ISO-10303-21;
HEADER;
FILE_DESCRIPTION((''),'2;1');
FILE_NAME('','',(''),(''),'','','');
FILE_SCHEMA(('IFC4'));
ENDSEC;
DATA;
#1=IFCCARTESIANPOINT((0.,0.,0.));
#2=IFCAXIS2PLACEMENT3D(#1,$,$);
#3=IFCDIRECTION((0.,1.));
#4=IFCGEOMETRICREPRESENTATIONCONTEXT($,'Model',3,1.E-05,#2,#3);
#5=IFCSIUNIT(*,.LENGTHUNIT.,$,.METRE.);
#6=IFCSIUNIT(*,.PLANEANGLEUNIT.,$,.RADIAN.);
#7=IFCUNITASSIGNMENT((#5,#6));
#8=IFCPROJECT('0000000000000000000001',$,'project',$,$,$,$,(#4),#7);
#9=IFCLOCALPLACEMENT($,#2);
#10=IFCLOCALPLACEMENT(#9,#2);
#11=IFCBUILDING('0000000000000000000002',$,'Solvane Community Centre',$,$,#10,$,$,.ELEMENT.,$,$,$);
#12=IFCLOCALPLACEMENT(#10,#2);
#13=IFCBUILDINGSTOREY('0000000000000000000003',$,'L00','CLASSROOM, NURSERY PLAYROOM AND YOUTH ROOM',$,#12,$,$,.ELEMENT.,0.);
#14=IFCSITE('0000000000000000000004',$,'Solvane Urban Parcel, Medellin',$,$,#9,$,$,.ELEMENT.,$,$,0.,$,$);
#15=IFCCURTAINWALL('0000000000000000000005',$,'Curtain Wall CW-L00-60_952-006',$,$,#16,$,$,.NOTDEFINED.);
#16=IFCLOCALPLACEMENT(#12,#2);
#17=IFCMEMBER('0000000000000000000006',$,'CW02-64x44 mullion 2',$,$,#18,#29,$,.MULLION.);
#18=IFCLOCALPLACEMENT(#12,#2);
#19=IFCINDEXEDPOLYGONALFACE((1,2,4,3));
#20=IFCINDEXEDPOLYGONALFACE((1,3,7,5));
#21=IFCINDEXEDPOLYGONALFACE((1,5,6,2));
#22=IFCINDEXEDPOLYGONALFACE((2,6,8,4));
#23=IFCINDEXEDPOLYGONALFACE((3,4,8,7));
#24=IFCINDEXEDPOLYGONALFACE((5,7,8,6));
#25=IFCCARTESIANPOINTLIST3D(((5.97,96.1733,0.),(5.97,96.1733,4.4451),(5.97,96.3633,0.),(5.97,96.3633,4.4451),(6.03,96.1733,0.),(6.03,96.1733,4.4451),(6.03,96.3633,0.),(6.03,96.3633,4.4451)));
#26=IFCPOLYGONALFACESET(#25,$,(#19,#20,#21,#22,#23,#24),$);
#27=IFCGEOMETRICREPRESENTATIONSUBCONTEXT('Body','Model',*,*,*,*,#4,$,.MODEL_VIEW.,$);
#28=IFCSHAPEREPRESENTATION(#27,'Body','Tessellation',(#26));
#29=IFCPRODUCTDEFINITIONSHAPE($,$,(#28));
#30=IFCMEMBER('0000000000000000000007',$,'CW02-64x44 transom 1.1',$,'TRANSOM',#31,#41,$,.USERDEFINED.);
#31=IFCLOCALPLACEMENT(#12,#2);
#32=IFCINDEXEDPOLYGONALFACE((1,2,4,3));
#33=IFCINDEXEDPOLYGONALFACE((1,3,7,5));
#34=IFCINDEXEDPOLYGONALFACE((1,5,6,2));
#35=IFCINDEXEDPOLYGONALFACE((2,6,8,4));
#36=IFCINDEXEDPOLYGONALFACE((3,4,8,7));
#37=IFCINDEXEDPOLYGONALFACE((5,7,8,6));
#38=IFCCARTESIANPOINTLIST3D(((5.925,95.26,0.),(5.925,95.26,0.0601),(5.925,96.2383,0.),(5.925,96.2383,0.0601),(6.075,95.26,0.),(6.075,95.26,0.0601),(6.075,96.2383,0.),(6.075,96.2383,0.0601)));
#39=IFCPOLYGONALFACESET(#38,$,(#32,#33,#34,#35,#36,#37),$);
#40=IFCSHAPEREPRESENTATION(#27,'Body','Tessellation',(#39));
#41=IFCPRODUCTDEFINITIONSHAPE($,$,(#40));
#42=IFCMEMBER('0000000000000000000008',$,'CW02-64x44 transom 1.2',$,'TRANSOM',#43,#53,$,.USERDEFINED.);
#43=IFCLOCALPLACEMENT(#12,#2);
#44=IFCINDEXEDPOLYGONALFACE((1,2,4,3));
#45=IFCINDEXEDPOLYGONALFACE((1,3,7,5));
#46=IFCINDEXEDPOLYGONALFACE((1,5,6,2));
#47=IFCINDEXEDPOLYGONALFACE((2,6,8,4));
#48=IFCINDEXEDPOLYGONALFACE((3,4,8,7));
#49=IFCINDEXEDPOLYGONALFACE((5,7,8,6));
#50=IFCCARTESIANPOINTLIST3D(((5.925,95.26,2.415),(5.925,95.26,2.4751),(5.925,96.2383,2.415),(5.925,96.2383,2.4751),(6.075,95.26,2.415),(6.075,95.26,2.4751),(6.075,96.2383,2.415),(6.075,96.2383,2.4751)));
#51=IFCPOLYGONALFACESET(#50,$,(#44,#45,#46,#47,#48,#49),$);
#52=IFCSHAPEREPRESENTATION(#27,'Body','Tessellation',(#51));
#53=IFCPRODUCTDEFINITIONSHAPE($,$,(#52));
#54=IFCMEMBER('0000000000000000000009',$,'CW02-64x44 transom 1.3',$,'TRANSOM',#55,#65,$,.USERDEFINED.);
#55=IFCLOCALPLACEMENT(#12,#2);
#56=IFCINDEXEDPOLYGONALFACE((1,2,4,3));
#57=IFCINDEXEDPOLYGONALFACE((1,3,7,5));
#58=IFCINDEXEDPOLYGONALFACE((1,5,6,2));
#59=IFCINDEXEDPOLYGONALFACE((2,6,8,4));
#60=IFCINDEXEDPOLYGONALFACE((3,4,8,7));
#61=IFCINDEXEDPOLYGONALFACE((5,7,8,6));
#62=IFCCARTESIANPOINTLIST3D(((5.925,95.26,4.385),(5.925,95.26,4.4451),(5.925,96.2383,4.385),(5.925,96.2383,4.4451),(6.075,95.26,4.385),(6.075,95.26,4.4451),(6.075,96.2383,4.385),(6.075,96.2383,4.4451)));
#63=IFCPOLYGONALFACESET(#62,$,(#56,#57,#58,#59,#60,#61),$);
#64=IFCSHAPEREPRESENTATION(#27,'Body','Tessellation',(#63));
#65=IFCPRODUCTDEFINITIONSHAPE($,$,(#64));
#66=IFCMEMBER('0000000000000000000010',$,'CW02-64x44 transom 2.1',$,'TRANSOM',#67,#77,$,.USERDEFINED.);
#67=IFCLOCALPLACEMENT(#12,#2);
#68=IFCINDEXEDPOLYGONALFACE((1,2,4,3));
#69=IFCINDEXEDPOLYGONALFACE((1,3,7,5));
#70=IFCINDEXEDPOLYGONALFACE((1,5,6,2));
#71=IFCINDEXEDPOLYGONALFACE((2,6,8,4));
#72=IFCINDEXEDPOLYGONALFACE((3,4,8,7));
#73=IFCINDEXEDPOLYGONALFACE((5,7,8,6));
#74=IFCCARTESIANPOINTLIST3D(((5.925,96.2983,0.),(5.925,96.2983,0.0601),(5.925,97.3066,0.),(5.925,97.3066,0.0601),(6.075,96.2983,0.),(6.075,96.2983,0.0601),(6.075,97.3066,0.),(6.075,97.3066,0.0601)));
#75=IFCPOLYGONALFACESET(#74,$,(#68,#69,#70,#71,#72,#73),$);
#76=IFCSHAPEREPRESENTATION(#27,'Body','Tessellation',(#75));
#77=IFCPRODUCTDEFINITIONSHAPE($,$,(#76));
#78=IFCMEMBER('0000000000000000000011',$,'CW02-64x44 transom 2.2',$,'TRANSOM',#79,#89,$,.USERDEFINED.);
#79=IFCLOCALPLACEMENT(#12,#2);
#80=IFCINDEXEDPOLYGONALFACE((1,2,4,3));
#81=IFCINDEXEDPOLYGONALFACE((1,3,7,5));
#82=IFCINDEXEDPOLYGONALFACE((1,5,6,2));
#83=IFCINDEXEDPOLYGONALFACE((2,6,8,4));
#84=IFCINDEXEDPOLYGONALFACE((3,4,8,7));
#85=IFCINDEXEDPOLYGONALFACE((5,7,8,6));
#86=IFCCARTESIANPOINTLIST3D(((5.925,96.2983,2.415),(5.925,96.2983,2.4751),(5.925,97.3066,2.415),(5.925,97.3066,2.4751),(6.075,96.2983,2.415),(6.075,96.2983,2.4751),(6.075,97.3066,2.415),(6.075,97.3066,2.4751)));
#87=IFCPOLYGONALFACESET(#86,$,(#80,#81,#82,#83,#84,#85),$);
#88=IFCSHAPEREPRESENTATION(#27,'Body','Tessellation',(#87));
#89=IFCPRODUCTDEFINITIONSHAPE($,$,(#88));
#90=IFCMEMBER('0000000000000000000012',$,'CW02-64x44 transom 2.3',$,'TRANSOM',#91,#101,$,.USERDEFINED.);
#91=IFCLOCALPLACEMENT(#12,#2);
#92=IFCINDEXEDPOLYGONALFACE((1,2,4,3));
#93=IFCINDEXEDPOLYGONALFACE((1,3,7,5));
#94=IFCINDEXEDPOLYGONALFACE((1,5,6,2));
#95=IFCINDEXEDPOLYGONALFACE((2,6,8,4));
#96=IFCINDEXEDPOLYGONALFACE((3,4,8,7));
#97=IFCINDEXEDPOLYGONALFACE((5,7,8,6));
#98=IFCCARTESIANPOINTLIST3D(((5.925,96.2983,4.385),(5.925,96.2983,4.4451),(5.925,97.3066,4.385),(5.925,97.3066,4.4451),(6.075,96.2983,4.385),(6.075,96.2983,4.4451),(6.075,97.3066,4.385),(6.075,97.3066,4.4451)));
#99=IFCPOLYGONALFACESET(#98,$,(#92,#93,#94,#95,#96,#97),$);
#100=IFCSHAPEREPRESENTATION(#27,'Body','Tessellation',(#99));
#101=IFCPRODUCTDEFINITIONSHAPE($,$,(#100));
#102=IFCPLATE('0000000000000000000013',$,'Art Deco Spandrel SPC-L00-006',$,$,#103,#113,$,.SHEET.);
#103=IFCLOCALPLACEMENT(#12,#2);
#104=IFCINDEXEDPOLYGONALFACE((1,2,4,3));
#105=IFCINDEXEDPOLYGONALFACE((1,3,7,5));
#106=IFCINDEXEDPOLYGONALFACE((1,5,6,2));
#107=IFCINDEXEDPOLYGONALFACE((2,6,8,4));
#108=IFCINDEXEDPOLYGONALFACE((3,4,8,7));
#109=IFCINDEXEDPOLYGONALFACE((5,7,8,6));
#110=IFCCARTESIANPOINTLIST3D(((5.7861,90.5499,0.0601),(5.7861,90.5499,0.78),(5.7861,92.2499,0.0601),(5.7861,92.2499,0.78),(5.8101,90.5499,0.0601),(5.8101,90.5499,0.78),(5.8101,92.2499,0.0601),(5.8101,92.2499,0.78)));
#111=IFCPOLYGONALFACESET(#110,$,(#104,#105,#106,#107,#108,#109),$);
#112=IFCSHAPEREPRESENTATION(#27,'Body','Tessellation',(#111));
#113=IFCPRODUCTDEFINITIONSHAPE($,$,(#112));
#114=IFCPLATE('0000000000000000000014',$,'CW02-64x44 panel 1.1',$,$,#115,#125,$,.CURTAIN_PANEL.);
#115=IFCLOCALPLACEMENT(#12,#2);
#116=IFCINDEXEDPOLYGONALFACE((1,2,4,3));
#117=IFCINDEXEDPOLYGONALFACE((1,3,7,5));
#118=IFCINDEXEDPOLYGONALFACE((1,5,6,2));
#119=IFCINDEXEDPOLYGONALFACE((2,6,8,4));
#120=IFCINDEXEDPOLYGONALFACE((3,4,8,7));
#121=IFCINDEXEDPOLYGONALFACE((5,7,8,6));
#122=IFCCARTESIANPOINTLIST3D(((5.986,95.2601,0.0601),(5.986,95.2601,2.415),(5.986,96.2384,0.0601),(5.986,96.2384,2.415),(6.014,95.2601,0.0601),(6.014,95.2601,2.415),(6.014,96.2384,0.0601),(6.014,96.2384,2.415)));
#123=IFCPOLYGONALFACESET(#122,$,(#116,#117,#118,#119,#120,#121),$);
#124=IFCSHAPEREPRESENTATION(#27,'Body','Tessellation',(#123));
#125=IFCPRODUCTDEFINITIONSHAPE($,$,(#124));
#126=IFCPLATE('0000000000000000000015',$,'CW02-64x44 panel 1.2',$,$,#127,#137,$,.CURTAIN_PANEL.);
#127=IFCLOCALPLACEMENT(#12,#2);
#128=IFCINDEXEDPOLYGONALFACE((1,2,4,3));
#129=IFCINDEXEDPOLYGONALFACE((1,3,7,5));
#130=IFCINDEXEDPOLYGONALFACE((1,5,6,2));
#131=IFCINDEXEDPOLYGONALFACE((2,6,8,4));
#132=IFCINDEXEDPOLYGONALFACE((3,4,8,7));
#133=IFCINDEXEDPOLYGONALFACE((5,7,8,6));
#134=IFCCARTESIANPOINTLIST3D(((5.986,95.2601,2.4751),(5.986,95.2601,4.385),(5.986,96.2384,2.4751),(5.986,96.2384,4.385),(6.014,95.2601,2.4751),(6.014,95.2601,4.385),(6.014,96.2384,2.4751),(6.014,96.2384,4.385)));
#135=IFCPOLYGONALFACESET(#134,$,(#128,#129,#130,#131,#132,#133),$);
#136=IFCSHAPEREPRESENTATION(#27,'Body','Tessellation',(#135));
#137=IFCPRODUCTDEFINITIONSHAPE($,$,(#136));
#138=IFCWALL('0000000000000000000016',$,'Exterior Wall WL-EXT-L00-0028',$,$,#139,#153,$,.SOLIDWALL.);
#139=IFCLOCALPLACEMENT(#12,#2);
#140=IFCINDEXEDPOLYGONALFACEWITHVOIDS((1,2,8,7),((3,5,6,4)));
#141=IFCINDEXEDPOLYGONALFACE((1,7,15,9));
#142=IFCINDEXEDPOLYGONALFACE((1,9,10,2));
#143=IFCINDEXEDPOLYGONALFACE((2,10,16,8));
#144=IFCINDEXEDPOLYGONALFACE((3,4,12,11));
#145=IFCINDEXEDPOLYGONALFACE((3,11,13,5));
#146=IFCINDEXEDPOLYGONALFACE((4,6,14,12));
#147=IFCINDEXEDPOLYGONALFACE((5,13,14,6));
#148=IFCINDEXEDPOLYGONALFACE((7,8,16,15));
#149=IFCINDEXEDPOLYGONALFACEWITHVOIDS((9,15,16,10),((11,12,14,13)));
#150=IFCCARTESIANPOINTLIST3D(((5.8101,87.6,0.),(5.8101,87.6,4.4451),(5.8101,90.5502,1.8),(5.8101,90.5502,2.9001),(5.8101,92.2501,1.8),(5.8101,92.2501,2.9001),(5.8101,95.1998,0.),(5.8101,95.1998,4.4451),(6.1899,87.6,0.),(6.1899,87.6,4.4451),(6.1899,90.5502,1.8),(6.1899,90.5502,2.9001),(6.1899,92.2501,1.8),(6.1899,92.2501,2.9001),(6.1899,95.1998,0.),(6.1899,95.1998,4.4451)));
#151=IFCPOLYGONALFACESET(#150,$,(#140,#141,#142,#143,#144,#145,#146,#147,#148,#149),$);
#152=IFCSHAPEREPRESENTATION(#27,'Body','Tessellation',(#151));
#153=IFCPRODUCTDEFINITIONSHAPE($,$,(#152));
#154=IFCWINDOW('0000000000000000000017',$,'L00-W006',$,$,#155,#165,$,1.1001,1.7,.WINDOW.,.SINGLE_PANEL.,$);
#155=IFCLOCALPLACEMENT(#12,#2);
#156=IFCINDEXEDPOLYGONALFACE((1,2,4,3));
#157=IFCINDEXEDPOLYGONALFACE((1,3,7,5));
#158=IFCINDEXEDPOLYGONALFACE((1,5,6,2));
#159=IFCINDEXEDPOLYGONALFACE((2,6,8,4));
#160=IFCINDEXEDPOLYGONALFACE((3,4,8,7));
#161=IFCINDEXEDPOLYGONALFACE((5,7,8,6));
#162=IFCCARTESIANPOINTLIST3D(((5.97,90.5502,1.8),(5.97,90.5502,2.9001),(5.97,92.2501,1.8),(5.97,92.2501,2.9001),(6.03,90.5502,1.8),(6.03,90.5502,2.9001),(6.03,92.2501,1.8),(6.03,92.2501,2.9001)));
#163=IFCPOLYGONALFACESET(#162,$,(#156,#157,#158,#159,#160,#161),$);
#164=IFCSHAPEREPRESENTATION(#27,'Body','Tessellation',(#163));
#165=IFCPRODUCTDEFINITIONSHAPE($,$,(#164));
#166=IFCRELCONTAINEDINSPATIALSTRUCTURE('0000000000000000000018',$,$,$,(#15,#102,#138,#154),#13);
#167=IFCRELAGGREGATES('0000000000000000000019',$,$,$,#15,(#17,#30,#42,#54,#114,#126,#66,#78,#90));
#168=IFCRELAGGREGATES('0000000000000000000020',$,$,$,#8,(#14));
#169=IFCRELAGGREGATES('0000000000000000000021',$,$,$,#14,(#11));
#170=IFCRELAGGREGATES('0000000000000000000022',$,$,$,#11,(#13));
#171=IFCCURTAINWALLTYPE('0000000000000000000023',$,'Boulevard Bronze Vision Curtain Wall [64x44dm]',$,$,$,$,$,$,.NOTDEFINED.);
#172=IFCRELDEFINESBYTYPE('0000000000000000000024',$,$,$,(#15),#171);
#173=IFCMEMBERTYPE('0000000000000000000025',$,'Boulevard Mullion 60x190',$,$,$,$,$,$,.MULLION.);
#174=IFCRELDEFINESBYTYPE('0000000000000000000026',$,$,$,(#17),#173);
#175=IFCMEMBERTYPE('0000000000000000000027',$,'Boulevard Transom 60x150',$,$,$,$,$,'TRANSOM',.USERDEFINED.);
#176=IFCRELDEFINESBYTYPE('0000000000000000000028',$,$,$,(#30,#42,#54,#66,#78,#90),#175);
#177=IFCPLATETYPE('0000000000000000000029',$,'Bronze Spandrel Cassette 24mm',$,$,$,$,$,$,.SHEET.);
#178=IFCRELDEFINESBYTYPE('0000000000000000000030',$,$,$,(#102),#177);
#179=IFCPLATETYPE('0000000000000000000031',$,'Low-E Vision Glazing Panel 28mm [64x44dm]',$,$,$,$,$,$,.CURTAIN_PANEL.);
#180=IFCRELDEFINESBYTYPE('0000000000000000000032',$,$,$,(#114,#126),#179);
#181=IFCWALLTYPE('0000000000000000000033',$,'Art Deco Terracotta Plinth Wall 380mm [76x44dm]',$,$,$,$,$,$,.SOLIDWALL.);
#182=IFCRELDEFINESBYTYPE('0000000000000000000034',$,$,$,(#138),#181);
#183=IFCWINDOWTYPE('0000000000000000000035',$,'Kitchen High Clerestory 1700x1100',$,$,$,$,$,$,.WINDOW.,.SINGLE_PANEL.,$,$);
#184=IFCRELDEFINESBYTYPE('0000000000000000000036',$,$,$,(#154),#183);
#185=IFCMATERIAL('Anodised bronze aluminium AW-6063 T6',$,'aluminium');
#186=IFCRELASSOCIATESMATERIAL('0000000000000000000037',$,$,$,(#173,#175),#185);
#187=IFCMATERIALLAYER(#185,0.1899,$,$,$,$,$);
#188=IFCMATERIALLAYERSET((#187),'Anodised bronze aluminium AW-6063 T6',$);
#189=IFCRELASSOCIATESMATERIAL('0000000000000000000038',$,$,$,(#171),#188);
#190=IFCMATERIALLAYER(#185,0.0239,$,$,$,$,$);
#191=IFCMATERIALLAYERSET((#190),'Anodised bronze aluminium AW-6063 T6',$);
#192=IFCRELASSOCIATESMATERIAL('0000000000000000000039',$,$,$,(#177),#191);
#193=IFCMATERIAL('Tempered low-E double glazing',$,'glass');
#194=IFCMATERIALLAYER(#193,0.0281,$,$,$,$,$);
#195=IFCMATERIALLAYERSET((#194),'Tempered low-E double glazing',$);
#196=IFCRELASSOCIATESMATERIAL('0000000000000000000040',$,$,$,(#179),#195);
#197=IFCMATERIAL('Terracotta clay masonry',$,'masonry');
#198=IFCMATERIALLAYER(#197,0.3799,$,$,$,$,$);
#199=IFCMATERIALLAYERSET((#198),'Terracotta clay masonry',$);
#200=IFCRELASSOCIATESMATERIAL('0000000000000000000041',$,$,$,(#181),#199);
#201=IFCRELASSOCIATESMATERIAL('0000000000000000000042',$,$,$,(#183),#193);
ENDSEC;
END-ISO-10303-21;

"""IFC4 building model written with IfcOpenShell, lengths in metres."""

from ifc_helpers import new_model, si_unit, direction, frame, frame_2d, origin, origin_2d, place, context, subcontext, project, spatial, rectangle, extrude, material, layer, layer_set, material_profile, profile_set, type_object, element, fill, aggregate, save


model = new_model("IFC4")

# Units and contexts
model_context = context("Model", 3, precision=1e-05, world=origin(), true_north=direction((0.0, 1.0)))
body_context = subcontext(model_context, "Body", "Model", "MODEL_VIEW")
ifc_project = project(units=[si_unit("LENGTHUNIT", "METRE"), si_unit("PLANEANGLEUNIT", "RADIAN")], contexts=[model_context])

# Site, building, storey
site_placement = place(None, origin())
site = spatial("IfcSite", under=ifc_project, at=site_placement, Name="Solvane Urban Parcel, Medellin", CompositionType="ELEMENT", RefElevation=0.0)
building_placement = place(site_placement, origin())
building = spatial("IfcBuilding", under=site, at=building_placement, Name="Solvane Community Centre", CompositionType="ELEMENT")
storey_placement = place(building_placement, origin())
storey = spatial("IfcBuildingStorey", under=building, at=storey_placement, Name="L00", Description="CLASSROOM, NURSERY PLAYROOM AND YOUTH ROOM", CompositionType="ELEMENT", Elevation=0.0)

# Shared definitions
ifc_material_1 = material(Name="Anodised bronze aluminium AW-6063 T6", Category="aluminium")
ifc_material_profile_1 = material_profile(ifc_material_1, rectangle(XDim=0.0601, YDim=0.1899, at=origin_2d()), Name="CW-M 60x190")
ifc_profile_set_1 = profile_set([ifc_material_profile_1], Name="Anodised bronze aluminium AW-6063 T6")
member_type_1 = type_object("IfcMemberType", Name="Boulevard Mullion 60x190", PredefinedType="MULLION", material=ifc_profile_set_1)

# Curtain wall, members
ifc_layer_1 = layer(ifc_material_1, 0.1899)
ifc_layer_set_1 = layer_set([ifc_layer_1], Name="Anodised bronze aluminium AW-6063 T6")
curtain_wall_type_1 = type_object("IfcCurtainWallType", Name="Boulevard Bronze Vision Curtain Wall [64x44dm]", PredefinedType="NOTDEFINED", material=ifc_layer_set_1)
curtain_wall_1_placement = place(storey_placement, origin())
curtain_wall_1 = element("IfcCurtainWall", 1, at=curtain_wall_1_placement, inside=storey, type_object=curtain_wall_type_1, Name="Curtain Wall CW-L00-60_952-006", PredefinedType="NOTDEFINED")
member_1_placement = place(storey_placement, frame((6.0, 96.2683, 0.0), z_axis=(0.0, 0.0, 1.0), x_axis=(-1.0, 0.0, 0.0)))
member_1 = element("IfcMember", 2, at=member_1_placement, type_object=member_type_1, Name="CW02-64x44 mullion 2", PredefinedType="MULLION", context=body_context, shape_type="SweptSolid", body=[
    extrude(rectangle(XDim=0.0601, YDim=0.1899, at=origin_2d()), origin(), (0.0, 0.0, 1.0), 4.4451),
])
ifc_material_profile_2 = material_profile(ifc_material_1, rectangle(XDim=0.1499, YDim=0.0601, at=origin_2d()), Name="CW-T 60x150")
ifc_profile_set_2 = profile_set([ifc_material_profile_2], Name="Anodised bronze aluminium AW-6063 T6")
member_type_2 = type_object("IfcMemberType", Name="Boulevard Transom 60x150", ElementType="TRANSOM", PredefinedType="USERDEFINED", material=ifc_profile_set_2)
member_2_placement = place(storey_placement, frame((6.0, 95.26, 0.03), z_axis=(0.0, 1.0, 0.0), x_axis=(-1.0, 0.0, 0.0)))
member_2 = element("IfcMember", 3, at=member_2_placement, type_object=member_type_2, Name="CW02-64x44 transom 1.1", ObjectType="TRANSOM", PredefinedType="USERDEFINED", context=body_context, shape_type="SweptSolid", body=[
    extrude(rectangle(XDim=0.1499, YDim=0.0601, at=origin_2d()), origin(), (0.0, 0.0, 1.0), 0.9783),
])
member_3_placement = place(storey_placement, frame((6.0, 95.26, 2.4451), z_axis=(0.0, 1.0, 0.0), x_axis=(-1.0, 0.0, 0.0)))
member_3 = element("IfcMember", 4, at=member_3_placement, type_object=member_type_2, Name="CW02-64x44 transom 1.2", ObjectType="TRANSOM", PredefinedType="USERDEFINED", context=body_context, shape_type="SweptSolid", body=[
    extrude(rectangle(XDim=0.1499, YDim=0.0601, at=origin_2d()), origin(), (0.0, 0.0, 1.0), 0.9783),
])
member_4_placement = place(storey_placement, frame((6.0, 95.26, 4.415), z_axis=(0.0, 1.0, 0.0), x_axis=(-1.0, 0.0, 0.0)))
member_4 = element("IfcMember", 5, at=member_4_placement, type_object=member_type_2, Name="CW02-64x44 transom 1.3", ObjectType="TRANSOM", PredefinedType="USERDEFINED", context=body_context, shape_type="SweptSolid", body=[
    extrude(rectangle(XDim=0.1499, YDim=0.0601, at=origin_2d()), origin(), (0.0, 0.0, 1.0), 0.9783),
])
member_5_placement = place(storey_placement, frame((6.0, 96.2983, 0.03), z_axis=(0.0, 1.0, 0.0), x_axis=(-1.0, 0.0, 0.0)))
member_5 = element("IfcMember", 6, at=member_5_placement, type_object=member_type_2, Name="CW02-64x44 transom 2.1", ObjectType="TRANSOM", PredefinedType="USERDEFINED", context=body_context, shape_type="SweptSolid", body=[
    extrude(rectangle(XDim=0.1499, YDim=0.0601, at=origin_2d()), origin(), (0.0, 0.0, 1.0), 1.0083),
])
member_6_placement = place(storey_placement, frame((6.0, 96.2983, 2.4451), z_axis=(0.0, 1.0, 0.0), x_axis=(-1.0, 0.0, 0.0)))
member_6 = element("IfcMember", 7, at=member_6_placement, type_object=member_type_2, Name="CW02-64x44 transom 2.2", ObjectType="TRANSOM", PredefinedType="USERDEFINED", context=body_context, shape_type="SweptSolid", body=[
    extrude(rectangle(XDim=0.1499, YDim=0.0601, at=origin_2d()), origin(), (0.0, 0.0, 1.0), 1.0083),
])
member_7_placement = place(storey_placement, frame((6.0, 96.2983, 4.415), z_axis=(0.0, 1.0, 0.0), x_axis=(-1.0, 0.0, 0.0)))
member_7 = element("IfcMember", 8, at=member_7_placement, type_object=member_type_2, Name="CW02-64x44 transom 2.3", ObjectType="TRANSOM", PredefinedType="USERDEFINED", context=body_context, shape_type="SweptSolid", body=[
    extrude(rectangle(XDim=0.1499, YDim=0.0601, at=origin_2d()), origin(), (0.0, 0.0, 1.0), 1.0083),
])

# Plates
ifc_layer_2 = layer(ifc_material_1, 0.0239)
ifc_layer_set_2 = layer_set([ifc_layer_2], Name="Anodised bronze aluminium AW-6063 T6")
plate_type_1 = type_object("IfcPlateType", Name="Bronze Spandrel Cassette 24mm", PredefinedType="SHEET", material=ifc_layer_set_2)
plate_1_placement = place(storey_placement, frame((5.7981, 91.3999, 0.0601), z_axis=(0.0, 0.0, 1.0), x_axis=(0.0, 1.0, 0.0)))
element("IfcPlate", 9, at=plate_1_placement, inside=storey, type_object=plate_type_1, Name="Art Deco Spandrel SPC-L00-006", PredefinedType="SHEET", context=body_context, shape_type="SweptSolid", body=[
    extrude(rectangle(XDim=1.7, YDim=0.0239, at=origin_2d()), origin(), (0.0, 0.0, 1.0), 0.72),
])
ifc_material_2 = material(Name="Tempered low-E double glazing", Category="glass")
ifc_layer_3 = layer(ifc_material_2, 0.0281)
ifc_layer_set_3 = layer_set([ifc_layer_3], Name="Tempered low-E double glazing")
plate_type_2 = type_object("IfcPlateType", Name="Low-E Vision Glazing Panel 28mm [64x44dm]", PredefinedType="CURTAIN_PANEL", material=ifc_layer_set_3)
plate_2_placement = place(storey_placement, frame((6.0, 95.7493, 0.0601), z_axis=(0.0, 0.0, 1.0), x_axis=(0.0, 1.0, 0.0)))
plate_2 = element("IfcPlate", 10, at=plate_2_placement, type_object=plate_type_2, Name="CW02-64x44 panel 1.1", PredefinedType="CURTAIN_PANEL", context=body_context, shape_type="SweptSolid", body=[
    extrude(rectangle(XDim=0.9783, YDim=0.0281, at=origin_2d()), origin(), (0.0, 0.0, 1.0), 2.355),
])
plate_3_placement = place(storey_placement, frame((6.0, 95.7493, 2.4751), z_axis=(0.0, 0.0, 1.0), x_axis=(0.0, 1.0, 0.0)))
plate_3 = element("IfcPlate", 11, at=plate_3_placement, type_object=plate_type_2, Name="CW02-64x44 panel 1.2", PredefinedType="CURTAIN_PANEL", context=body_context, shape_type="SweptSolid", body=[
    extrude(rectangle(XDim=0.9783, YDim=0.0281, at=origin_2d()), origin(), (0.0, 0.0, 1.0), 1.9099),
])
aggregate(curtain_wall_1, [member_1, member_2, member_3, member_4, plate_2, plate_3, member_5, member_6, member_7])

# Wall, opening, window
ifc_material_3 = material(Name="Terracotta clay masonry", Category="masonry")
ifc_layer_4 = layer(ifc_material_3, 0.3799)
ifc_layer_set_4 = layer_set([ifc_layer_4], Name="Terracotta clay masonry")
wall_type = type_object("IfcWallType", Name="Art Deco Terracotta Plinth Wall 380mm [76x44dm]", PredefinedType="SOLIDWALL", material=ifc_layer_set_4)
wall_placement = place(storey_placement, frame((6.0, 87.6001, 0.0), z_axis=(0.0, 0.0, 1.0), x_axis=(0.0, 1.0, 0.0)))
wall = element("IfcWall", 12, at=wall_placement, inside=storey, type_object=wall_type, Name="Exterior Wall WL-EXT-L00-0028", PredefinedType="SOLIDWALL", context=body_context, shape_type="SweptSolid", body=[
    extrude(rectangle(XDim=7.5999, YDim=0.3799, at=frame_2d((3.7998, 0.0))), origin(), (0.0, 0.0, 1.0), 4.4451),
])
opening_placement = place(wall_placement, frame((2.95, 0.0, 1.8)))
opening = element("IfcOpeningElement", 13, at=opening_placement, cuts=wall, PredefinedType="OPENING", context=body_context, shape_type="SweptSolid", body=[
    extrude(rectangle(XDim=1.7, YDim=1.1001, at=frame_2d((0.8501, 0.55))), frame((0.0, 0.2, 0.0), z_axis=(0.0, -1.0, 0.0), x_axis=(1.0, 0.0, 0.0)), (0.0, 0.0, 1.0), 0.3999),
])
window_type = type_object("IfcWindowType", Name="Kitchen High Clerestory 1700x1100", PartitioningType="SINGLE_PANEL", PredefinedType="WINDOW", material=ifc_material_2)
window_placement = place(opening_placement, origin())
window = element("IfcWindow", 14, at=window_placement, inside=storey, type_object=window_type, Name="L00-W006", OverallHeight=1.1001, OverallWidth=1.7, PartitioningType="SINGLE_PANEL", PredefinedType="WINDOW", context=body_context, shape_type="SweptSolid", body=[
    extrude(rectangle(XDim=1.7, YDim=1.1001, at=frame_2d((0.8501, 0.55))), frame((0.0, 0.03, 0.0), z_axis=(0.0, -1.0, 0.0), x_axis=(1.0, 0.0, 0.0)), (0.0, 0.0, 1.0), 0.0601),
])
fill(opening, window)

save(model, "model.ifc")
